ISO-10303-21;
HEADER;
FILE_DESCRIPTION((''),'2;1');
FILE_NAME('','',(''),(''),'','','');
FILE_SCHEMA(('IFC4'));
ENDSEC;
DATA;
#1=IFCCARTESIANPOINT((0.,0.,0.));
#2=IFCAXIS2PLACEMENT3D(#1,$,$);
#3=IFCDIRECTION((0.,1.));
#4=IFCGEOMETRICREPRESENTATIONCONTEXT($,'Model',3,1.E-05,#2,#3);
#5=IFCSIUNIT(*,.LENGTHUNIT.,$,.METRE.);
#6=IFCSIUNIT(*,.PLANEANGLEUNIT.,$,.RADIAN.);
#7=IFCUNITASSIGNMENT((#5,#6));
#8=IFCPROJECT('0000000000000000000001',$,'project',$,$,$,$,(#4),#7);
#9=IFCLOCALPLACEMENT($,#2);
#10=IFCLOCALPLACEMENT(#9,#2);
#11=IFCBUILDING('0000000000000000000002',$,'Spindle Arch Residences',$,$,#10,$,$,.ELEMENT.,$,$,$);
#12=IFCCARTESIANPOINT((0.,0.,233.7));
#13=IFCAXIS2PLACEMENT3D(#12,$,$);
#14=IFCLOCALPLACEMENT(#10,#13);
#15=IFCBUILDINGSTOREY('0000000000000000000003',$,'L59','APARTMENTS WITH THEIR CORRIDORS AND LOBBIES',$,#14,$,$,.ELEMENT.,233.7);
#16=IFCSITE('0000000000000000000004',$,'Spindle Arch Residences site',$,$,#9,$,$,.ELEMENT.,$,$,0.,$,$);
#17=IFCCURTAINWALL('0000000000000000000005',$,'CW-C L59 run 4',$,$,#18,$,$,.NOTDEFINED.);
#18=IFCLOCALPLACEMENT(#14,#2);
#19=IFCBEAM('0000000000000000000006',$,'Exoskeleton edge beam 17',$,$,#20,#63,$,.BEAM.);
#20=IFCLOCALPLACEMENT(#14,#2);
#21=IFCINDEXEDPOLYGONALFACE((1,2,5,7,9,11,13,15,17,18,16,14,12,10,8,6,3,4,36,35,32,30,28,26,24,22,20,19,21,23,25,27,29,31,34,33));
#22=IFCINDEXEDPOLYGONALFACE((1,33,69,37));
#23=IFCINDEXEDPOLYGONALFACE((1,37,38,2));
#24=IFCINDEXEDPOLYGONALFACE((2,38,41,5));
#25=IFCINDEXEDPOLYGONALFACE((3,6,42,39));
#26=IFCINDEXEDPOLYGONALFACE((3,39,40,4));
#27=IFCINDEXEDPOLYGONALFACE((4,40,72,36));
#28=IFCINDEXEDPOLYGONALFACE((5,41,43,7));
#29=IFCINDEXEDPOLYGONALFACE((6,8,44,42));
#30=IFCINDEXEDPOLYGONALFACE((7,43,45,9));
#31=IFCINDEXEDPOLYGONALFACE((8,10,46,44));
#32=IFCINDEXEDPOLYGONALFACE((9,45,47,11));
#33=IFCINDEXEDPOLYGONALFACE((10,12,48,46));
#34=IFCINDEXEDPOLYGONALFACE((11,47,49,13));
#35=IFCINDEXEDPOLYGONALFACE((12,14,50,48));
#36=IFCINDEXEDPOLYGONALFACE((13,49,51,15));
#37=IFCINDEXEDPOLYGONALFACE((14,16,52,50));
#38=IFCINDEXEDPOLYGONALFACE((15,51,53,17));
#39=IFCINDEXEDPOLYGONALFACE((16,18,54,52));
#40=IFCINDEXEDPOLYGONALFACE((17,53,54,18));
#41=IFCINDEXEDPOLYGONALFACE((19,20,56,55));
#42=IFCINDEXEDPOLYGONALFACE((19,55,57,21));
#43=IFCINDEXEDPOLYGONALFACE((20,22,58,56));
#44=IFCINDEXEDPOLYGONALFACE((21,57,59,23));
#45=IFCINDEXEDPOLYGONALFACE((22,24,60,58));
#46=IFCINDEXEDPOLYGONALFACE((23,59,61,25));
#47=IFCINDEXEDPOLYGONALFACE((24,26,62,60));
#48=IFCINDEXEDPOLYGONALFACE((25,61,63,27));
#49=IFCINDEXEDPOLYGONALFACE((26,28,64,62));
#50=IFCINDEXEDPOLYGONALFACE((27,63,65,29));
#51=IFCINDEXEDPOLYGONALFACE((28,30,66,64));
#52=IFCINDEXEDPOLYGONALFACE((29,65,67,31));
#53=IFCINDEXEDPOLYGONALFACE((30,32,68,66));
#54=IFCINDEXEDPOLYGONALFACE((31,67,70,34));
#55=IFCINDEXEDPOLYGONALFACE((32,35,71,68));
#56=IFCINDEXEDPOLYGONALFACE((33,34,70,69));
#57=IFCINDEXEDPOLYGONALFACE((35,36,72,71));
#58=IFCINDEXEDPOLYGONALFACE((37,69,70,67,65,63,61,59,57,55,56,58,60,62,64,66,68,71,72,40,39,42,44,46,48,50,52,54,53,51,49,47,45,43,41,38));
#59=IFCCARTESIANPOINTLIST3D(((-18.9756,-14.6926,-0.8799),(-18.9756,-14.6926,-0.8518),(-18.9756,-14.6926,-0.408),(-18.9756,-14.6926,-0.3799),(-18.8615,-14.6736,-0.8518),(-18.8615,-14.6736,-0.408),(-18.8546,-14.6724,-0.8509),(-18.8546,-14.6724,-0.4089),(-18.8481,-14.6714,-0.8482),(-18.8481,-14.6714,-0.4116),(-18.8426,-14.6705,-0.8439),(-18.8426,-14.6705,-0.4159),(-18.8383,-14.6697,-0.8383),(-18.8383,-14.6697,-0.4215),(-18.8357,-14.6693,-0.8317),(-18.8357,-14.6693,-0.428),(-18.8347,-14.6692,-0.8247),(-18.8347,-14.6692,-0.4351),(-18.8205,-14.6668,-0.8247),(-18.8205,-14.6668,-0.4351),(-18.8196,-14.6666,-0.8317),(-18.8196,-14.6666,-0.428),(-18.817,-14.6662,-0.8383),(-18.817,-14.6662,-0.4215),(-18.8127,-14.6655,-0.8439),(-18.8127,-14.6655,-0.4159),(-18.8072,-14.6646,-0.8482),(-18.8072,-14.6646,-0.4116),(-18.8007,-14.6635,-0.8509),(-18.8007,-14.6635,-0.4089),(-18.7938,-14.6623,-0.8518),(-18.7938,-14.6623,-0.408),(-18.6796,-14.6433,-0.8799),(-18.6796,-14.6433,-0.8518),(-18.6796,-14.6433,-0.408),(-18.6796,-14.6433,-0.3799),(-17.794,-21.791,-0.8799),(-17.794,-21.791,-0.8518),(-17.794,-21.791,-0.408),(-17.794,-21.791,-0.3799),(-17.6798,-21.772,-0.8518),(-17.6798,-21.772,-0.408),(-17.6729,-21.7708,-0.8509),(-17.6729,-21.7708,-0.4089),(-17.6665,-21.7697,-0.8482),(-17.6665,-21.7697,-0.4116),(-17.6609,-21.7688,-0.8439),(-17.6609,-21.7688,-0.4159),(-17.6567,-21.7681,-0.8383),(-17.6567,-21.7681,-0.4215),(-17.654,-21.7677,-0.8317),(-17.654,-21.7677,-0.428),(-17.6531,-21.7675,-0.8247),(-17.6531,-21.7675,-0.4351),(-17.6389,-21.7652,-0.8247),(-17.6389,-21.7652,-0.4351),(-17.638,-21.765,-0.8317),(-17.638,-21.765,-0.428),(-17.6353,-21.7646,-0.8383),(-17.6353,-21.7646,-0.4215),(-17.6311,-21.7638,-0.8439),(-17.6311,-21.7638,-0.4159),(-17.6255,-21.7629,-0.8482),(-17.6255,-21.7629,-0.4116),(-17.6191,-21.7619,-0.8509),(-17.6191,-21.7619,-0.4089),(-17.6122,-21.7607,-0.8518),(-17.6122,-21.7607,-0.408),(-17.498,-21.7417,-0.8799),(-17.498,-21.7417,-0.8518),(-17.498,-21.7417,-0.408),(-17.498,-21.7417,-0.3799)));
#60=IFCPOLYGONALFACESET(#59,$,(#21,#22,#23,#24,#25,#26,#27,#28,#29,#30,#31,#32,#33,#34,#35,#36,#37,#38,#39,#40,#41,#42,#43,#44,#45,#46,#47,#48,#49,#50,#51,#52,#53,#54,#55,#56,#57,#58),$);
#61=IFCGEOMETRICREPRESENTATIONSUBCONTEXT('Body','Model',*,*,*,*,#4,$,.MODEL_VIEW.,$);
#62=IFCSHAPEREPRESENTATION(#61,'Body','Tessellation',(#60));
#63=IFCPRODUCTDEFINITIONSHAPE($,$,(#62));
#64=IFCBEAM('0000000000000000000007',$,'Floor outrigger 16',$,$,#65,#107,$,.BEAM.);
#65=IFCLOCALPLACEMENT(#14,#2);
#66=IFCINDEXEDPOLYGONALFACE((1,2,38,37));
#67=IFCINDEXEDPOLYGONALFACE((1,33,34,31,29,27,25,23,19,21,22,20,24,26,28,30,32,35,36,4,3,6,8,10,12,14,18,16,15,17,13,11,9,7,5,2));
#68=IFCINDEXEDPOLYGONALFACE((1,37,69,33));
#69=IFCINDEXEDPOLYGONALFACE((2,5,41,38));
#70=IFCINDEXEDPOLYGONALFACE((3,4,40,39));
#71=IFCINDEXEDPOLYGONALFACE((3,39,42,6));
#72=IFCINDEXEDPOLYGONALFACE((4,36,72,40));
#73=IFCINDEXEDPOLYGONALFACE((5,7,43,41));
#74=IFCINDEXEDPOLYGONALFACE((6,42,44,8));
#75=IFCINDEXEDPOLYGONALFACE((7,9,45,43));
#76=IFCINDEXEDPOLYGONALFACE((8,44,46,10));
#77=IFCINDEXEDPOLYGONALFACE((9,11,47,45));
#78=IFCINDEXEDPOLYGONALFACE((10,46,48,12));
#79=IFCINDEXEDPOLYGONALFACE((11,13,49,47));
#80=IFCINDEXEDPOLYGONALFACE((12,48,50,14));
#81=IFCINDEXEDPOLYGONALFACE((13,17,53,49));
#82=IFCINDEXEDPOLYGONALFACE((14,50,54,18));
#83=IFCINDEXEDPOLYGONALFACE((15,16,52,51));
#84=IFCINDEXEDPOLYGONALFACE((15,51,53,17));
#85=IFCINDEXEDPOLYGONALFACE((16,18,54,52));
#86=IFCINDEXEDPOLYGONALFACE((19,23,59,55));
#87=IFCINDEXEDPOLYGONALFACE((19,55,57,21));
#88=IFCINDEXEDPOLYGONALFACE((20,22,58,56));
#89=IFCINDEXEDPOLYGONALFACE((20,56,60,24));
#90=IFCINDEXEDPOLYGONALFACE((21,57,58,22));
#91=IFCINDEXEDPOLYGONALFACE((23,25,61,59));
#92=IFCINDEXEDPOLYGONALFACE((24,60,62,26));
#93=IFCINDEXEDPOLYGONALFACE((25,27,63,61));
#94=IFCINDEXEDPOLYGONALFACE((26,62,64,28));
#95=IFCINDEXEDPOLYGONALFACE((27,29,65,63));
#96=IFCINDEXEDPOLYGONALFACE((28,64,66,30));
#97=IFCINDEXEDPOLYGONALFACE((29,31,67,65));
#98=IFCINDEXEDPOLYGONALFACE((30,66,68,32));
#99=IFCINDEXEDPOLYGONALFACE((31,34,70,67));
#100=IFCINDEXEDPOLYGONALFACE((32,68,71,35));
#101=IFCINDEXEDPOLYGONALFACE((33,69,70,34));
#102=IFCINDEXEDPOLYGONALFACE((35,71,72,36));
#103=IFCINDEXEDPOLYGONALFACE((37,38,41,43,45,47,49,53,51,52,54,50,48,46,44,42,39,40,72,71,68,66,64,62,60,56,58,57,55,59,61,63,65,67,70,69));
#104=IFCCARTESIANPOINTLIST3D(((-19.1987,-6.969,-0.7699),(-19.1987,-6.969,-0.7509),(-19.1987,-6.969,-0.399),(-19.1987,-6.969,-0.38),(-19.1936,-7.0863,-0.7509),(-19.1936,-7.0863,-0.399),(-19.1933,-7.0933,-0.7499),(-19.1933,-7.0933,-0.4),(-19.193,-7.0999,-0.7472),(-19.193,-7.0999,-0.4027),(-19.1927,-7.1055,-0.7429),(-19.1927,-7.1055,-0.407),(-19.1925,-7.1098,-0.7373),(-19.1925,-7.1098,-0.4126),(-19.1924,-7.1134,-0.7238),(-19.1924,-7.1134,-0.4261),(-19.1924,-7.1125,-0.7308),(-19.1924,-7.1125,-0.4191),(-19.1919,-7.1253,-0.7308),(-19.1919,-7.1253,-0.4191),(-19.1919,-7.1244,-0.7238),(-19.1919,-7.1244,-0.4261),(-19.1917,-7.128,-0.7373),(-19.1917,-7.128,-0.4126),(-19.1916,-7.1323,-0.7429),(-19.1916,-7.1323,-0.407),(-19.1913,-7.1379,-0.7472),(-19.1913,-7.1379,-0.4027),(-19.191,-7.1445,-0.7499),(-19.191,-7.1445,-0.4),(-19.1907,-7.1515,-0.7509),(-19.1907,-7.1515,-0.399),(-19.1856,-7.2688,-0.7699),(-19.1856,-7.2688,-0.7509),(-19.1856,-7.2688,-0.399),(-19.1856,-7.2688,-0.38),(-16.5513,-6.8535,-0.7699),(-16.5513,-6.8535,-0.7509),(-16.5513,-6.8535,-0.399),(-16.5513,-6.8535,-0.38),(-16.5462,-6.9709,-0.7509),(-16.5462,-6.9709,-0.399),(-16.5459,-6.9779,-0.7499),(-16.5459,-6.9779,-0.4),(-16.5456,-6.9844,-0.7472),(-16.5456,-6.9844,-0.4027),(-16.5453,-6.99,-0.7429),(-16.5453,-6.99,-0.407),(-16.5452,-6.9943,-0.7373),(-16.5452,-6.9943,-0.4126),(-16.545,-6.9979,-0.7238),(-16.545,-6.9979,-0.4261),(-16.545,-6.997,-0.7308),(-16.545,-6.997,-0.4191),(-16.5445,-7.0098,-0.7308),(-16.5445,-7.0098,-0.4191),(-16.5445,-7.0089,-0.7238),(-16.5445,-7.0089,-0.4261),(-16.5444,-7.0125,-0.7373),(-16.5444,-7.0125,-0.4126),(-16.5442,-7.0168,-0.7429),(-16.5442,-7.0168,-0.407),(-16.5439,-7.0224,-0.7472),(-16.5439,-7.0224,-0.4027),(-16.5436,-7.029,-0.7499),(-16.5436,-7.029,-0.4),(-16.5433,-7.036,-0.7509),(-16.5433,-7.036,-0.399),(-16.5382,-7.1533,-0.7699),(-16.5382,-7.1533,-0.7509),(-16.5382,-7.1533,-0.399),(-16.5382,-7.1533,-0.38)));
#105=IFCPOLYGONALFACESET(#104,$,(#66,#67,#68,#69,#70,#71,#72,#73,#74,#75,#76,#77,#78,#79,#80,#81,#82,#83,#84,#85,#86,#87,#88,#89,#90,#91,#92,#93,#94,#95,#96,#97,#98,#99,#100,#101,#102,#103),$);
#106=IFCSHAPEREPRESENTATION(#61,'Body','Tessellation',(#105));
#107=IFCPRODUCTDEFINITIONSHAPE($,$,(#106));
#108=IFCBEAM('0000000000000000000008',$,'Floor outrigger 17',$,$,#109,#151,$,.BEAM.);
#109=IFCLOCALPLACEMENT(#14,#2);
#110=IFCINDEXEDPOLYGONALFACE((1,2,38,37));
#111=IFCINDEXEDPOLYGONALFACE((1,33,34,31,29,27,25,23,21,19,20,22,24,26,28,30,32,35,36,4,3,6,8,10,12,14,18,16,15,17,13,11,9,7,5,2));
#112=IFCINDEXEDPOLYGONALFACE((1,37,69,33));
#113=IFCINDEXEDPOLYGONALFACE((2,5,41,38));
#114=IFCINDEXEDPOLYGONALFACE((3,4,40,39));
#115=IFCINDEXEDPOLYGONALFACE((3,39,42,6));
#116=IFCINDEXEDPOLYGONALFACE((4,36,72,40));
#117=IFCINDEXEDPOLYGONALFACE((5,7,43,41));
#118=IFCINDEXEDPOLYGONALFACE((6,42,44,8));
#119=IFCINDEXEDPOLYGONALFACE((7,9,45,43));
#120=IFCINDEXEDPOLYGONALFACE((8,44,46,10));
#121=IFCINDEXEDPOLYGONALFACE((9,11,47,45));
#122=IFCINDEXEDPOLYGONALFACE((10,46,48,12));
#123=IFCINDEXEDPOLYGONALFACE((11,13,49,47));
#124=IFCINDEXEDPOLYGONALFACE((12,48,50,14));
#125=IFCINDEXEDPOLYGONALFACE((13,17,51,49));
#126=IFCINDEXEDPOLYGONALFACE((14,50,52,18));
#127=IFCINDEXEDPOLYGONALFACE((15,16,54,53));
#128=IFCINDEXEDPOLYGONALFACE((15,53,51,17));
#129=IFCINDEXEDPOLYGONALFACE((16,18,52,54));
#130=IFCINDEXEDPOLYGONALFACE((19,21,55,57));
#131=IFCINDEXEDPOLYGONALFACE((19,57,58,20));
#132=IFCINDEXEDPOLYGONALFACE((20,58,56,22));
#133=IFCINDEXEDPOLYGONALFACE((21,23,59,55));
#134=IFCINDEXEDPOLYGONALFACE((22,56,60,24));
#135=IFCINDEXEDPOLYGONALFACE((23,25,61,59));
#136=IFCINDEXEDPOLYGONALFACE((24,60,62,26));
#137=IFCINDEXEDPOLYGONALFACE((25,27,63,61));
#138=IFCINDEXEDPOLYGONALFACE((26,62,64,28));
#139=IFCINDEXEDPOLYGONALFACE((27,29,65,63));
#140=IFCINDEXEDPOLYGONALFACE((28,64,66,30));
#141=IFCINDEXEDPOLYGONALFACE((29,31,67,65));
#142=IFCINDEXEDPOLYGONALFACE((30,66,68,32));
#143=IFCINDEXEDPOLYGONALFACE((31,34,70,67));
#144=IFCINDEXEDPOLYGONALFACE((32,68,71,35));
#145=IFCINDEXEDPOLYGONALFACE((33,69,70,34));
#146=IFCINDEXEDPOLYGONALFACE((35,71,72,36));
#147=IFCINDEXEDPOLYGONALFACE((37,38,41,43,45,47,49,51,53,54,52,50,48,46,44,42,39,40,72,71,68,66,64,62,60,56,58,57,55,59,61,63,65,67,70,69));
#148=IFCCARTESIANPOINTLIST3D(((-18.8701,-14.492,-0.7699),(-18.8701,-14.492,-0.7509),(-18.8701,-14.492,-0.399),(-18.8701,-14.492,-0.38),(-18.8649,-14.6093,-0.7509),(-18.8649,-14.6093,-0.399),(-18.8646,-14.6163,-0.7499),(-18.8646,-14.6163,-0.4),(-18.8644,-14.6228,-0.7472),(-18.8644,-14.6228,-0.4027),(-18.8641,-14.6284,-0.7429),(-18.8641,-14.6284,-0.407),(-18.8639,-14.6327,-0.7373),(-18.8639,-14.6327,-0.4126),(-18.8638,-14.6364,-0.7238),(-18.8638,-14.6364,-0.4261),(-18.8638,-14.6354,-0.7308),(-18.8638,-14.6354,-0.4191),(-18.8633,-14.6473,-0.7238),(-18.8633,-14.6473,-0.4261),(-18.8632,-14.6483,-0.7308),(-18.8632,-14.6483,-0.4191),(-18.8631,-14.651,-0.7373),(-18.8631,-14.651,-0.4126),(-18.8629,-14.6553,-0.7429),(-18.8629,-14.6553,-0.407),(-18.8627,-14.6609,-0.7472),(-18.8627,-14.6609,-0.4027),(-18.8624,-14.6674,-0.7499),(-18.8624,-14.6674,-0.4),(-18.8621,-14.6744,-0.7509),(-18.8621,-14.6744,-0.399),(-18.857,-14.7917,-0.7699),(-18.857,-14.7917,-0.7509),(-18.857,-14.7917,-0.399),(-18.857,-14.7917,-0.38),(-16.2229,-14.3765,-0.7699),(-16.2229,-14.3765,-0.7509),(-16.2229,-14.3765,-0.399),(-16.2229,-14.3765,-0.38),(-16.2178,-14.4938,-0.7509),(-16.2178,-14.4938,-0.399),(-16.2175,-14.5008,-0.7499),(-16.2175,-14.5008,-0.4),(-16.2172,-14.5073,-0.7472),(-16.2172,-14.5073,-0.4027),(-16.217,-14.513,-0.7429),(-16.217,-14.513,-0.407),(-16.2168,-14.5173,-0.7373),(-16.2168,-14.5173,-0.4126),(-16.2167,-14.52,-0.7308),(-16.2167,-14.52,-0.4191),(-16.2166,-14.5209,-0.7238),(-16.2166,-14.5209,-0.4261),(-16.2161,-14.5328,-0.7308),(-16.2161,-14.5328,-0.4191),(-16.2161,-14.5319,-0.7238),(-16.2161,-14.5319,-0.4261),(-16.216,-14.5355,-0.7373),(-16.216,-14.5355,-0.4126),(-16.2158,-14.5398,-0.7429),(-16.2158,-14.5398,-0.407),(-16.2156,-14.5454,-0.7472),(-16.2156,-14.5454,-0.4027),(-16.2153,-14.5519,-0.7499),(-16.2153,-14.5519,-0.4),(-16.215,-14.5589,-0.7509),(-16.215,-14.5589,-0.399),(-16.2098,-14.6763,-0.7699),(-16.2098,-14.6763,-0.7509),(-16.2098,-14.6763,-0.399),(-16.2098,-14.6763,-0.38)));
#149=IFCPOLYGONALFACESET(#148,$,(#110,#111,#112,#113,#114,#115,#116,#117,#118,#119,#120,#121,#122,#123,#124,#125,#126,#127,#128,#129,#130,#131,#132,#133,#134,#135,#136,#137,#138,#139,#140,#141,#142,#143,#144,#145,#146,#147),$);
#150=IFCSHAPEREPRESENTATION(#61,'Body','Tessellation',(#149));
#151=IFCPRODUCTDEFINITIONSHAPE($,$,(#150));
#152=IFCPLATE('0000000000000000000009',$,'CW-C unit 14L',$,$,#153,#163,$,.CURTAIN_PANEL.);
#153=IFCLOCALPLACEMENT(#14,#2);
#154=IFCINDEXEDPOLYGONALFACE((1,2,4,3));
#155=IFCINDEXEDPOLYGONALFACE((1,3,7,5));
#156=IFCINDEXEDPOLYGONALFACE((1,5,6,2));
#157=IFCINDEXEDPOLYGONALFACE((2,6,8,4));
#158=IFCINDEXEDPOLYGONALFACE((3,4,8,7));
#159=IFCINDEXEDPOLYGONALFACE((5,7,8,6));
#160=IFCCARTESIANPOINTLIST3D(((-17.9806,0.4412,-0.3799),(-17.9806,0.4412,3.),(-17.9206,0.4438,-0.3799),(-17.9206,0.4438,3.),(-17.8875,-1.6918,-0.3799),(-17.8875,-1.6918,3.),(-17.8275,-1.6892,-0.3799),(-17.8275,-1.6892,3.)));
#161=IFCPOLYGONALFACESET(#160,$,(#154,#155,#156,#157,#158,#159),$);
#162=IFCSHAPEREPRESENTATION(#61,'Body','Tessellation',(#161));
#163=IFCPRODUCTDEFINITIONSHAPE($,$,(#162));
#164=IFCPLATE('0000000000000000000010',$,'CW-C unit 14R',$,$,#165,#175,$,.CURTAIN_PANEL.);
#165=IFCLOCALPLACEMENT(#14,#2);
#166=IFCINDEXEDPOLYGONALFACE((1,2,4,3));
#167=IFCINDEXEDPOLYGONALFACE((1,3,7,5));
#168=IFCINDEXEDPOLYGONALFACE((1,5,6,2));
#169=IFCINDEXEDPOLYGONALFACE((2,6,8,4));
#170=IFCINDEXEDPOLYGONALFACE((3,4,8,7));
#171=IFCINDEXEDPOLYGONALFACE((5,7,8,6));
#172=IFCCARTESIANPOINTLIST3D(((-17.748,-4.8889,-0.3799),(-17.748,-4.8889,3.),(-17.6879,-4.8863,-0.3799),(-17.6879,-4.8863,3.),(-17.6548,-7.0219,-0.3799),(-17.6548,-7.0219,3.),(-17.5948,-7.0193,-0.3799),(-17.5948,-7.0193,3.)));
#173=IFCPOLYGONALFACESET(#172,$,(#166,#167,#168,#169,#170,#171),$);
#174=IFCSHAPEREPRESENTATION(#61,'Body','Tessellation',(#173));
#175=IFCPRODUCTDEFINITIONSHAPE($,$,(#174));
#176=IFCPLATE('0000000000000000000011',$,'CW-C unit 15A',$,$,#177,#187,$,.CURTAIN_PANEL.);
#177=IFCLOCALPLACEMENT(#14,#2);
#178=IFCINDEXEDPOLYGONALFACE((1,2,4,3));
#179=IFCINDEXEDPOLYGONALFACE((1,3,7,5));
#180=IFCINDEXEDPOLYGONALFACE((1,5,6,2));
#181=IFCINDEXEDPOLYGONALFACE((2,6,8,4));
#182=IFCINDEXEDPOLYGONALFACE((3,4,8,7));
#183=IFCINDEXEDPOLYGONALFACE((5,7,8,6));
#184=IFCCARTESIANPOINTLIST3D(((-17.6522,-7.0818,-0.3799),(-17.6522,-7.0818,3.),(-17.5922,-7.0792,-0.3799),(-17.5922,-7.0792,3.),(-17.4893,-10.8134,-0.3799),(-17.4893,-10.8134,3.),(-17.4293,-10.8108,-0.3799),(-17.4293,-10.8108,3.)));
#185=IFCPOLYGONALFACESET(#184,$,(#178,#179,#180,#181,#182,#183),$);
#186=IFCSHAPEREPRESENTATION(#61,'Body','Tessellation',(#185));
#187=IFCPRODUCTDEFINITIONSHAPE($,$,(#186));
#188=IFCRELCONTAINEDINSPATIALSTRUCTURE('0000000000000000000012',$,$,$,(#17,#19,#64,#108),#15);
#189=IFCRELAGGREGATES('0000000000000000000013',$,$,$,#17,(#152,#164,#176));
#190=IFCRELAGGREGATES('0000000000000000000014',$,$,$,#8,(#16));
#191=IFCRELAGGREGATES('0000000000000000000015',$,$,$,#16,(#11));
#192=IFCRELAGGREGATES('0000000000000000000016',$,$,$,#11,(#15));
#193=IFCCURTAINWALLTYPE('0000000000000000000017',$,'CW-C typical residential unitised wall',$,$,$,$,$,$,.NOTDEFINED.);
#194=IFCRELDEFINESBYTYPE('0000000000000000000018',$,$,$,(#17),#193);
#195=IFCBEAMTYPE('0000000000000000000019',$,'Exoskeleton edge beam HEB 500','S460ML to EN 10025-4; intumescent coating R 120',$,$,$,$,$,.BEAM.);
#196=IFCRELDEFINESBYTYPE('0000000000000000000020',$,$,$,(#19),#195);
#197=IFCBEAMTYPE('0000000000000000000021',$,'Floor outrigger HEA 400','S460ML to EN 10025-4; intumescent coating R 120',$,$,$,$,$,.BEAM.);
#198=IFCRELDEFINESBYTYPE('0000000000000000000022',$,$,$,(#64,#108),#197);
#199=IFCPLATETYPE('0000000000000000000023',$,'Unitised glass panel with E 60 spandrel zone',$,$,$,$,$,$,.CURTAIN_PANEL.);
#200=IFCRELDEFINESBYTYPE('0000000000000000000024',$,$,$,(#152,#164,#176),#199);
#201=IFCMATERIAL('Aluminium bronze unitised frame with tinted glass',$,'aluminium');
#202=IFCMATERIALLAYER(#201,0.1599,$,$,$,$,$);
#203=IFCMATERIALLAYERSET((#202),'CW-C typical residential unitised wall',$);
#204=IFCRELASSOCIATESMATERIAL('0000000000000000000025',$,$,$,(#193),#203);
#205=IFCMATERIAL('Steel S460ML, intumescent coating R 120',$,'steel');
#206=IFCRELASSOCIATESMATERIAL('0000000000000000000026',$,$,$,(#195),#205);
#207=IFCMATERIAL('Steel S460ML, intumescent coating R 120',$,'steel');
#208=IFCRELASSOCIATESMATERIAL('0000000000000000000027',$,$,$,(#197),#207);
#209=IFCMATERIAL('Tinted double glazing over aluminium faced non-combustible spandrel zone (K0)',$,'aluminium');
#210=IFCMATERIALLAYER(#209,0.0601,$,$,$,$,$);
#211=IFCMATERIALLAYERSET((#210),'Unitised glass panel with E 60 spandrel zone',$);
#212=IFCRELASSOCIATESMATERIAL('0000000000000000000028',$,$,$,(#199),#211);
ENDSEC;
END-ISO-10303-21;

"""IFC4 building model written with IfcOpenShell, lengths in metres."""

from ifc_helpers import new_model, si_unit, direction, frame, origin, origin_2d, place, context, subcontext, project, spatial, rectangle, i_section, extrude, material, layer, layer_set, material_profile, profile_set, type_object, element, aggregate, save


model = new_model("IFC4")

# Units and contexts
model_context = context("Model", 3, precision=1e-05, world=origin(), true_north=direction((0.0, 1.0)))
body_context = subcontext(model_context, "Body", "Model", "MODEL_VIEW")
ifc_project = project(units=[si_unit("LENGTHUNIT", "METRE"), si_unit("PLANEANGLEUNIT", "RADIAN")], contexts=[model_context])

# Site, building, storey
site_placement = place(None, origin())
site = spatial("IfcSite", under=ifc_project, at=site_placement, Name="Spindle Arch Residences site", CompositionType="ELEMENT", RefElevation=0.0)
building_placement = place(site_placement, origin())
building = spatial("IfcBuilding", under=site, at=building_placement, Name="Spindle Arch Residences", CompositionType="ELEMENT")
storey_placement = place(building_placement, frame((0.0, 0.0, 233.7)))
storey = spatial("IfcBuildingStorey", under=building, at=storey_placement, Name="L59", Description="APARTMENTS WITH THEIR CORRIDORS AND LOBBIES", CompositionType="ELEMENT", Elevation=233.7)

# Curtain wall
ifc_material_1 = material(Name="Aluminium bronze unitised frame with tinted glass", Category="aluminium")
ifc_layer_1 = layer(ifc_material_1, 0.1599)
ifc_layer_set_1 = layer_set([ifc_layer_1], Name="CW-C typical residential unitised wall")
curtain_wall_type_1 = type_object("IfcCurtainWallType", Name="CW-C typical residential unitised wall", PredefinedType="NOTDEFINED", material=ifc_layer_set_1)
curtain_wall_1_placement = place(storey_placement, origin())
curtain_wall_1 = element("IfcCurtainWall", 1, at=curtain_wall_1_placement, inside=storey, type_object=curtain_wall_type_1, Name="CW-C L59 run 4", PredefinedType="NOTDEFINED")

# Beams
ifc_material_2 = material(Name="Steel S460ML, intumescent coating R 120", Category="steel")
ifc_material_profile_1 = material_profile(ifc_material_2, i_section(OverallWidth=0.3, OverallDepth=0.5, WebThickness=0.0144, FlangeThickness=0.0281, FilletRadius=0.0271, at=origin_2d()), Name="HEB 500")
ifc_profile_set_1 = profile_set([ifc_material_profile_1], Name="Steel S460ML, intumescent coating R 120")
beam_type_1 = type_object("IfcBeamType", Name="Exoskeleton edge beam HEB 500", Description="S460ML to EN 10025-4; intumescent coating R 120", PredefinedType="BEAM", material=ifc_profile_set_1)
beam_1_placement = place(storey_placement, frame((-18.8276, -14.668, -0.6299), z_axis=(0.164206, -0.986426, 0.0), x_axis=(0.986426, 0.164206, 0.0)))
element("IfcBeam", 2, at=beam_1_placement, inside=storey, type_object=beam_type_1, Name="Exoskeleton edge beam 17", PredefinedType="BEAM", context=body_context, shape_type="SweptSolid", body=[
    extrude(i_section(OverallWidth=0.3, OverallDepth=0.5, WebThickness=0.0144, FlangeThickness=0.0281, FilletRadius=0.0271, at=origin_2d()), origin(), (0.0, 0.0, 1.0), 7.196),
])
ifc_material_3 = material(Name="Steel S460ML, intumescent coating R 120", Category="steel")
ifc_material_profile_2 = material_profile(ifc_material_3, i_section(OverallWidth=0.3, OverallDepth=0.3899, WebThickness=0.011, FlangeThickness=0.019, FilletRadius=0.0271, at=origin_2d()), Name="HEA 400")
ifc_profile_set_2 = profile_set([ifc_material_profile_2], Name="Steel S460ML, intumescent coating R 120")
beam_type_2 = type_object("IfcBeamType", Name="Floor outrigger HEA 400", Description="S460ML to EN 10025-4; intumescent coating R 120", PredefinedType="BEAM", material=ifc_profile_set_2)
beam_2_placement = place(storey_placement, frame((-19.1921, -7.1189, -0.575), z_axis=(0.99905, 0.043577, 0.0), x_axis=(-0.043577, 0.99905, 0.0)))
element("IfcBeam", 3, at=beam_2_placement, inside=storey, type_object=beam_type_2, Name="Floor outrigger 16", PredefinedType="BEAM", context=body_context, shape_type="SweptSolid", body=[
    extrude(i_section(OverallWidth=0.3, OverallDepth=0.3899, WebThickness=0.011, FlangeThickness=0.019, FilletRadius=0.0271, at=origin_2d()), origin(), (0.0, 0.0, 1.0), 2.6499),
])
beam_3_placement = place(storey_placement, frame((-18.8635, -14.6418, -0.575), z_axis=(0.99905, 0.043581, 0.0), x_axis=(-0.043581, 0.99905, 0.0)))
element("IfcBeam", 4, at=beam_3_placement, inside=storey, type_object=beam_type_2, Name="Floor outrigger 17", PredefinedType="BEAM", context=body_context, shape_type="SweptSolid", body=[
    extrude(i_section(OverallWidth=0.3, OverallDepth=0.3899, WebThickness=0.011, FlangeThickness=0.019, FilletRadius=0.0271, at=origin_2d()), origin(), (0.0, 0.0, 1.0), 2.6497),
])

# Plates
ifc_material_4 = material(Name="Tinted double glazing over aluminium faced non-combustible spandrel zone (K0)", Category="aluminium")
ifc_layer_2 = layer(ifc_material_4, 0.0601)
ifc_layer_set_2 = layer_set([ifc_layer_2], Name="Unitised glass panel with E 60 spandrel zone")
plate_type = type_object("IfcPlateType", Name="Unitised glass panel with E 60 spandrel zone", PredefinedType="CURTAIN_PANEL", material=ifc_layer_set_2)
plate_1_placement = place(storey_placement, frame((-17.9041, -0.624, -0.3799), z_axis=(0.0, 0.0, 1.0), x_axis=(0.043619, -0.999048, 0.0)))
plate_1 = element("IfcPlate", 5, at=plate_1_placement, type_object=plate_type, Name="CW-C unit 14L", PredefinedType="CURTAIN_PANEL", context=body_context, shape_type="SweptSolid", body=[
    extrude(rectangle(XDim=2.135, YDim=0.0601, at=origin_2d()), origin(), (0.0, 0.0, 1.0), 3.3799),
])
plate_2_placement = place(storey_placement, frame((-17.6714, -5.9541, -0.3799), z_axis=(0.0, 0.0, 1.0), x_axis=(0.043619, -0.999048, 0.0)))
plate_2 = element("IfcPlate", 6, at=plate_2_placement, type_object=plate_type, Name="CW-C unit 14R", PredefinedType="CURTAIN_PANEL", context=body_context, shape_type="SweptSolid", body=[
    extrude(rectangle(XDim=2.135, YDim=0.0601, at=origin_2d()), origin(), (0.0, 0.0, 1.0), 3.3799),
])
plate_3_placement = place(storey_placement, frame((-17.5408, -8.9463, -0.3799), z_axis=(0.0, 0.0, 1.0), x_axis=(0.043619, -0.999048, 0.0)))
plate_3 = element("IfcPlate", 7, at=plate_3_placement, type_object=plate_type, Name="CW-C unit 15A", PredefinedType="CURTAIN_PANEL", context=body_context, shape_type="SweptSolid", body=[
    extrude(rectangle(XDim=3.7351, YDim=0.0601, at=origin_2d()), origin(), (0.0, 0.0, 1.0), 3.3799),
])
aggregate(curtain_wall_1, [plate_1, plate_2, plate_3])

save(model, "model.ifc")
